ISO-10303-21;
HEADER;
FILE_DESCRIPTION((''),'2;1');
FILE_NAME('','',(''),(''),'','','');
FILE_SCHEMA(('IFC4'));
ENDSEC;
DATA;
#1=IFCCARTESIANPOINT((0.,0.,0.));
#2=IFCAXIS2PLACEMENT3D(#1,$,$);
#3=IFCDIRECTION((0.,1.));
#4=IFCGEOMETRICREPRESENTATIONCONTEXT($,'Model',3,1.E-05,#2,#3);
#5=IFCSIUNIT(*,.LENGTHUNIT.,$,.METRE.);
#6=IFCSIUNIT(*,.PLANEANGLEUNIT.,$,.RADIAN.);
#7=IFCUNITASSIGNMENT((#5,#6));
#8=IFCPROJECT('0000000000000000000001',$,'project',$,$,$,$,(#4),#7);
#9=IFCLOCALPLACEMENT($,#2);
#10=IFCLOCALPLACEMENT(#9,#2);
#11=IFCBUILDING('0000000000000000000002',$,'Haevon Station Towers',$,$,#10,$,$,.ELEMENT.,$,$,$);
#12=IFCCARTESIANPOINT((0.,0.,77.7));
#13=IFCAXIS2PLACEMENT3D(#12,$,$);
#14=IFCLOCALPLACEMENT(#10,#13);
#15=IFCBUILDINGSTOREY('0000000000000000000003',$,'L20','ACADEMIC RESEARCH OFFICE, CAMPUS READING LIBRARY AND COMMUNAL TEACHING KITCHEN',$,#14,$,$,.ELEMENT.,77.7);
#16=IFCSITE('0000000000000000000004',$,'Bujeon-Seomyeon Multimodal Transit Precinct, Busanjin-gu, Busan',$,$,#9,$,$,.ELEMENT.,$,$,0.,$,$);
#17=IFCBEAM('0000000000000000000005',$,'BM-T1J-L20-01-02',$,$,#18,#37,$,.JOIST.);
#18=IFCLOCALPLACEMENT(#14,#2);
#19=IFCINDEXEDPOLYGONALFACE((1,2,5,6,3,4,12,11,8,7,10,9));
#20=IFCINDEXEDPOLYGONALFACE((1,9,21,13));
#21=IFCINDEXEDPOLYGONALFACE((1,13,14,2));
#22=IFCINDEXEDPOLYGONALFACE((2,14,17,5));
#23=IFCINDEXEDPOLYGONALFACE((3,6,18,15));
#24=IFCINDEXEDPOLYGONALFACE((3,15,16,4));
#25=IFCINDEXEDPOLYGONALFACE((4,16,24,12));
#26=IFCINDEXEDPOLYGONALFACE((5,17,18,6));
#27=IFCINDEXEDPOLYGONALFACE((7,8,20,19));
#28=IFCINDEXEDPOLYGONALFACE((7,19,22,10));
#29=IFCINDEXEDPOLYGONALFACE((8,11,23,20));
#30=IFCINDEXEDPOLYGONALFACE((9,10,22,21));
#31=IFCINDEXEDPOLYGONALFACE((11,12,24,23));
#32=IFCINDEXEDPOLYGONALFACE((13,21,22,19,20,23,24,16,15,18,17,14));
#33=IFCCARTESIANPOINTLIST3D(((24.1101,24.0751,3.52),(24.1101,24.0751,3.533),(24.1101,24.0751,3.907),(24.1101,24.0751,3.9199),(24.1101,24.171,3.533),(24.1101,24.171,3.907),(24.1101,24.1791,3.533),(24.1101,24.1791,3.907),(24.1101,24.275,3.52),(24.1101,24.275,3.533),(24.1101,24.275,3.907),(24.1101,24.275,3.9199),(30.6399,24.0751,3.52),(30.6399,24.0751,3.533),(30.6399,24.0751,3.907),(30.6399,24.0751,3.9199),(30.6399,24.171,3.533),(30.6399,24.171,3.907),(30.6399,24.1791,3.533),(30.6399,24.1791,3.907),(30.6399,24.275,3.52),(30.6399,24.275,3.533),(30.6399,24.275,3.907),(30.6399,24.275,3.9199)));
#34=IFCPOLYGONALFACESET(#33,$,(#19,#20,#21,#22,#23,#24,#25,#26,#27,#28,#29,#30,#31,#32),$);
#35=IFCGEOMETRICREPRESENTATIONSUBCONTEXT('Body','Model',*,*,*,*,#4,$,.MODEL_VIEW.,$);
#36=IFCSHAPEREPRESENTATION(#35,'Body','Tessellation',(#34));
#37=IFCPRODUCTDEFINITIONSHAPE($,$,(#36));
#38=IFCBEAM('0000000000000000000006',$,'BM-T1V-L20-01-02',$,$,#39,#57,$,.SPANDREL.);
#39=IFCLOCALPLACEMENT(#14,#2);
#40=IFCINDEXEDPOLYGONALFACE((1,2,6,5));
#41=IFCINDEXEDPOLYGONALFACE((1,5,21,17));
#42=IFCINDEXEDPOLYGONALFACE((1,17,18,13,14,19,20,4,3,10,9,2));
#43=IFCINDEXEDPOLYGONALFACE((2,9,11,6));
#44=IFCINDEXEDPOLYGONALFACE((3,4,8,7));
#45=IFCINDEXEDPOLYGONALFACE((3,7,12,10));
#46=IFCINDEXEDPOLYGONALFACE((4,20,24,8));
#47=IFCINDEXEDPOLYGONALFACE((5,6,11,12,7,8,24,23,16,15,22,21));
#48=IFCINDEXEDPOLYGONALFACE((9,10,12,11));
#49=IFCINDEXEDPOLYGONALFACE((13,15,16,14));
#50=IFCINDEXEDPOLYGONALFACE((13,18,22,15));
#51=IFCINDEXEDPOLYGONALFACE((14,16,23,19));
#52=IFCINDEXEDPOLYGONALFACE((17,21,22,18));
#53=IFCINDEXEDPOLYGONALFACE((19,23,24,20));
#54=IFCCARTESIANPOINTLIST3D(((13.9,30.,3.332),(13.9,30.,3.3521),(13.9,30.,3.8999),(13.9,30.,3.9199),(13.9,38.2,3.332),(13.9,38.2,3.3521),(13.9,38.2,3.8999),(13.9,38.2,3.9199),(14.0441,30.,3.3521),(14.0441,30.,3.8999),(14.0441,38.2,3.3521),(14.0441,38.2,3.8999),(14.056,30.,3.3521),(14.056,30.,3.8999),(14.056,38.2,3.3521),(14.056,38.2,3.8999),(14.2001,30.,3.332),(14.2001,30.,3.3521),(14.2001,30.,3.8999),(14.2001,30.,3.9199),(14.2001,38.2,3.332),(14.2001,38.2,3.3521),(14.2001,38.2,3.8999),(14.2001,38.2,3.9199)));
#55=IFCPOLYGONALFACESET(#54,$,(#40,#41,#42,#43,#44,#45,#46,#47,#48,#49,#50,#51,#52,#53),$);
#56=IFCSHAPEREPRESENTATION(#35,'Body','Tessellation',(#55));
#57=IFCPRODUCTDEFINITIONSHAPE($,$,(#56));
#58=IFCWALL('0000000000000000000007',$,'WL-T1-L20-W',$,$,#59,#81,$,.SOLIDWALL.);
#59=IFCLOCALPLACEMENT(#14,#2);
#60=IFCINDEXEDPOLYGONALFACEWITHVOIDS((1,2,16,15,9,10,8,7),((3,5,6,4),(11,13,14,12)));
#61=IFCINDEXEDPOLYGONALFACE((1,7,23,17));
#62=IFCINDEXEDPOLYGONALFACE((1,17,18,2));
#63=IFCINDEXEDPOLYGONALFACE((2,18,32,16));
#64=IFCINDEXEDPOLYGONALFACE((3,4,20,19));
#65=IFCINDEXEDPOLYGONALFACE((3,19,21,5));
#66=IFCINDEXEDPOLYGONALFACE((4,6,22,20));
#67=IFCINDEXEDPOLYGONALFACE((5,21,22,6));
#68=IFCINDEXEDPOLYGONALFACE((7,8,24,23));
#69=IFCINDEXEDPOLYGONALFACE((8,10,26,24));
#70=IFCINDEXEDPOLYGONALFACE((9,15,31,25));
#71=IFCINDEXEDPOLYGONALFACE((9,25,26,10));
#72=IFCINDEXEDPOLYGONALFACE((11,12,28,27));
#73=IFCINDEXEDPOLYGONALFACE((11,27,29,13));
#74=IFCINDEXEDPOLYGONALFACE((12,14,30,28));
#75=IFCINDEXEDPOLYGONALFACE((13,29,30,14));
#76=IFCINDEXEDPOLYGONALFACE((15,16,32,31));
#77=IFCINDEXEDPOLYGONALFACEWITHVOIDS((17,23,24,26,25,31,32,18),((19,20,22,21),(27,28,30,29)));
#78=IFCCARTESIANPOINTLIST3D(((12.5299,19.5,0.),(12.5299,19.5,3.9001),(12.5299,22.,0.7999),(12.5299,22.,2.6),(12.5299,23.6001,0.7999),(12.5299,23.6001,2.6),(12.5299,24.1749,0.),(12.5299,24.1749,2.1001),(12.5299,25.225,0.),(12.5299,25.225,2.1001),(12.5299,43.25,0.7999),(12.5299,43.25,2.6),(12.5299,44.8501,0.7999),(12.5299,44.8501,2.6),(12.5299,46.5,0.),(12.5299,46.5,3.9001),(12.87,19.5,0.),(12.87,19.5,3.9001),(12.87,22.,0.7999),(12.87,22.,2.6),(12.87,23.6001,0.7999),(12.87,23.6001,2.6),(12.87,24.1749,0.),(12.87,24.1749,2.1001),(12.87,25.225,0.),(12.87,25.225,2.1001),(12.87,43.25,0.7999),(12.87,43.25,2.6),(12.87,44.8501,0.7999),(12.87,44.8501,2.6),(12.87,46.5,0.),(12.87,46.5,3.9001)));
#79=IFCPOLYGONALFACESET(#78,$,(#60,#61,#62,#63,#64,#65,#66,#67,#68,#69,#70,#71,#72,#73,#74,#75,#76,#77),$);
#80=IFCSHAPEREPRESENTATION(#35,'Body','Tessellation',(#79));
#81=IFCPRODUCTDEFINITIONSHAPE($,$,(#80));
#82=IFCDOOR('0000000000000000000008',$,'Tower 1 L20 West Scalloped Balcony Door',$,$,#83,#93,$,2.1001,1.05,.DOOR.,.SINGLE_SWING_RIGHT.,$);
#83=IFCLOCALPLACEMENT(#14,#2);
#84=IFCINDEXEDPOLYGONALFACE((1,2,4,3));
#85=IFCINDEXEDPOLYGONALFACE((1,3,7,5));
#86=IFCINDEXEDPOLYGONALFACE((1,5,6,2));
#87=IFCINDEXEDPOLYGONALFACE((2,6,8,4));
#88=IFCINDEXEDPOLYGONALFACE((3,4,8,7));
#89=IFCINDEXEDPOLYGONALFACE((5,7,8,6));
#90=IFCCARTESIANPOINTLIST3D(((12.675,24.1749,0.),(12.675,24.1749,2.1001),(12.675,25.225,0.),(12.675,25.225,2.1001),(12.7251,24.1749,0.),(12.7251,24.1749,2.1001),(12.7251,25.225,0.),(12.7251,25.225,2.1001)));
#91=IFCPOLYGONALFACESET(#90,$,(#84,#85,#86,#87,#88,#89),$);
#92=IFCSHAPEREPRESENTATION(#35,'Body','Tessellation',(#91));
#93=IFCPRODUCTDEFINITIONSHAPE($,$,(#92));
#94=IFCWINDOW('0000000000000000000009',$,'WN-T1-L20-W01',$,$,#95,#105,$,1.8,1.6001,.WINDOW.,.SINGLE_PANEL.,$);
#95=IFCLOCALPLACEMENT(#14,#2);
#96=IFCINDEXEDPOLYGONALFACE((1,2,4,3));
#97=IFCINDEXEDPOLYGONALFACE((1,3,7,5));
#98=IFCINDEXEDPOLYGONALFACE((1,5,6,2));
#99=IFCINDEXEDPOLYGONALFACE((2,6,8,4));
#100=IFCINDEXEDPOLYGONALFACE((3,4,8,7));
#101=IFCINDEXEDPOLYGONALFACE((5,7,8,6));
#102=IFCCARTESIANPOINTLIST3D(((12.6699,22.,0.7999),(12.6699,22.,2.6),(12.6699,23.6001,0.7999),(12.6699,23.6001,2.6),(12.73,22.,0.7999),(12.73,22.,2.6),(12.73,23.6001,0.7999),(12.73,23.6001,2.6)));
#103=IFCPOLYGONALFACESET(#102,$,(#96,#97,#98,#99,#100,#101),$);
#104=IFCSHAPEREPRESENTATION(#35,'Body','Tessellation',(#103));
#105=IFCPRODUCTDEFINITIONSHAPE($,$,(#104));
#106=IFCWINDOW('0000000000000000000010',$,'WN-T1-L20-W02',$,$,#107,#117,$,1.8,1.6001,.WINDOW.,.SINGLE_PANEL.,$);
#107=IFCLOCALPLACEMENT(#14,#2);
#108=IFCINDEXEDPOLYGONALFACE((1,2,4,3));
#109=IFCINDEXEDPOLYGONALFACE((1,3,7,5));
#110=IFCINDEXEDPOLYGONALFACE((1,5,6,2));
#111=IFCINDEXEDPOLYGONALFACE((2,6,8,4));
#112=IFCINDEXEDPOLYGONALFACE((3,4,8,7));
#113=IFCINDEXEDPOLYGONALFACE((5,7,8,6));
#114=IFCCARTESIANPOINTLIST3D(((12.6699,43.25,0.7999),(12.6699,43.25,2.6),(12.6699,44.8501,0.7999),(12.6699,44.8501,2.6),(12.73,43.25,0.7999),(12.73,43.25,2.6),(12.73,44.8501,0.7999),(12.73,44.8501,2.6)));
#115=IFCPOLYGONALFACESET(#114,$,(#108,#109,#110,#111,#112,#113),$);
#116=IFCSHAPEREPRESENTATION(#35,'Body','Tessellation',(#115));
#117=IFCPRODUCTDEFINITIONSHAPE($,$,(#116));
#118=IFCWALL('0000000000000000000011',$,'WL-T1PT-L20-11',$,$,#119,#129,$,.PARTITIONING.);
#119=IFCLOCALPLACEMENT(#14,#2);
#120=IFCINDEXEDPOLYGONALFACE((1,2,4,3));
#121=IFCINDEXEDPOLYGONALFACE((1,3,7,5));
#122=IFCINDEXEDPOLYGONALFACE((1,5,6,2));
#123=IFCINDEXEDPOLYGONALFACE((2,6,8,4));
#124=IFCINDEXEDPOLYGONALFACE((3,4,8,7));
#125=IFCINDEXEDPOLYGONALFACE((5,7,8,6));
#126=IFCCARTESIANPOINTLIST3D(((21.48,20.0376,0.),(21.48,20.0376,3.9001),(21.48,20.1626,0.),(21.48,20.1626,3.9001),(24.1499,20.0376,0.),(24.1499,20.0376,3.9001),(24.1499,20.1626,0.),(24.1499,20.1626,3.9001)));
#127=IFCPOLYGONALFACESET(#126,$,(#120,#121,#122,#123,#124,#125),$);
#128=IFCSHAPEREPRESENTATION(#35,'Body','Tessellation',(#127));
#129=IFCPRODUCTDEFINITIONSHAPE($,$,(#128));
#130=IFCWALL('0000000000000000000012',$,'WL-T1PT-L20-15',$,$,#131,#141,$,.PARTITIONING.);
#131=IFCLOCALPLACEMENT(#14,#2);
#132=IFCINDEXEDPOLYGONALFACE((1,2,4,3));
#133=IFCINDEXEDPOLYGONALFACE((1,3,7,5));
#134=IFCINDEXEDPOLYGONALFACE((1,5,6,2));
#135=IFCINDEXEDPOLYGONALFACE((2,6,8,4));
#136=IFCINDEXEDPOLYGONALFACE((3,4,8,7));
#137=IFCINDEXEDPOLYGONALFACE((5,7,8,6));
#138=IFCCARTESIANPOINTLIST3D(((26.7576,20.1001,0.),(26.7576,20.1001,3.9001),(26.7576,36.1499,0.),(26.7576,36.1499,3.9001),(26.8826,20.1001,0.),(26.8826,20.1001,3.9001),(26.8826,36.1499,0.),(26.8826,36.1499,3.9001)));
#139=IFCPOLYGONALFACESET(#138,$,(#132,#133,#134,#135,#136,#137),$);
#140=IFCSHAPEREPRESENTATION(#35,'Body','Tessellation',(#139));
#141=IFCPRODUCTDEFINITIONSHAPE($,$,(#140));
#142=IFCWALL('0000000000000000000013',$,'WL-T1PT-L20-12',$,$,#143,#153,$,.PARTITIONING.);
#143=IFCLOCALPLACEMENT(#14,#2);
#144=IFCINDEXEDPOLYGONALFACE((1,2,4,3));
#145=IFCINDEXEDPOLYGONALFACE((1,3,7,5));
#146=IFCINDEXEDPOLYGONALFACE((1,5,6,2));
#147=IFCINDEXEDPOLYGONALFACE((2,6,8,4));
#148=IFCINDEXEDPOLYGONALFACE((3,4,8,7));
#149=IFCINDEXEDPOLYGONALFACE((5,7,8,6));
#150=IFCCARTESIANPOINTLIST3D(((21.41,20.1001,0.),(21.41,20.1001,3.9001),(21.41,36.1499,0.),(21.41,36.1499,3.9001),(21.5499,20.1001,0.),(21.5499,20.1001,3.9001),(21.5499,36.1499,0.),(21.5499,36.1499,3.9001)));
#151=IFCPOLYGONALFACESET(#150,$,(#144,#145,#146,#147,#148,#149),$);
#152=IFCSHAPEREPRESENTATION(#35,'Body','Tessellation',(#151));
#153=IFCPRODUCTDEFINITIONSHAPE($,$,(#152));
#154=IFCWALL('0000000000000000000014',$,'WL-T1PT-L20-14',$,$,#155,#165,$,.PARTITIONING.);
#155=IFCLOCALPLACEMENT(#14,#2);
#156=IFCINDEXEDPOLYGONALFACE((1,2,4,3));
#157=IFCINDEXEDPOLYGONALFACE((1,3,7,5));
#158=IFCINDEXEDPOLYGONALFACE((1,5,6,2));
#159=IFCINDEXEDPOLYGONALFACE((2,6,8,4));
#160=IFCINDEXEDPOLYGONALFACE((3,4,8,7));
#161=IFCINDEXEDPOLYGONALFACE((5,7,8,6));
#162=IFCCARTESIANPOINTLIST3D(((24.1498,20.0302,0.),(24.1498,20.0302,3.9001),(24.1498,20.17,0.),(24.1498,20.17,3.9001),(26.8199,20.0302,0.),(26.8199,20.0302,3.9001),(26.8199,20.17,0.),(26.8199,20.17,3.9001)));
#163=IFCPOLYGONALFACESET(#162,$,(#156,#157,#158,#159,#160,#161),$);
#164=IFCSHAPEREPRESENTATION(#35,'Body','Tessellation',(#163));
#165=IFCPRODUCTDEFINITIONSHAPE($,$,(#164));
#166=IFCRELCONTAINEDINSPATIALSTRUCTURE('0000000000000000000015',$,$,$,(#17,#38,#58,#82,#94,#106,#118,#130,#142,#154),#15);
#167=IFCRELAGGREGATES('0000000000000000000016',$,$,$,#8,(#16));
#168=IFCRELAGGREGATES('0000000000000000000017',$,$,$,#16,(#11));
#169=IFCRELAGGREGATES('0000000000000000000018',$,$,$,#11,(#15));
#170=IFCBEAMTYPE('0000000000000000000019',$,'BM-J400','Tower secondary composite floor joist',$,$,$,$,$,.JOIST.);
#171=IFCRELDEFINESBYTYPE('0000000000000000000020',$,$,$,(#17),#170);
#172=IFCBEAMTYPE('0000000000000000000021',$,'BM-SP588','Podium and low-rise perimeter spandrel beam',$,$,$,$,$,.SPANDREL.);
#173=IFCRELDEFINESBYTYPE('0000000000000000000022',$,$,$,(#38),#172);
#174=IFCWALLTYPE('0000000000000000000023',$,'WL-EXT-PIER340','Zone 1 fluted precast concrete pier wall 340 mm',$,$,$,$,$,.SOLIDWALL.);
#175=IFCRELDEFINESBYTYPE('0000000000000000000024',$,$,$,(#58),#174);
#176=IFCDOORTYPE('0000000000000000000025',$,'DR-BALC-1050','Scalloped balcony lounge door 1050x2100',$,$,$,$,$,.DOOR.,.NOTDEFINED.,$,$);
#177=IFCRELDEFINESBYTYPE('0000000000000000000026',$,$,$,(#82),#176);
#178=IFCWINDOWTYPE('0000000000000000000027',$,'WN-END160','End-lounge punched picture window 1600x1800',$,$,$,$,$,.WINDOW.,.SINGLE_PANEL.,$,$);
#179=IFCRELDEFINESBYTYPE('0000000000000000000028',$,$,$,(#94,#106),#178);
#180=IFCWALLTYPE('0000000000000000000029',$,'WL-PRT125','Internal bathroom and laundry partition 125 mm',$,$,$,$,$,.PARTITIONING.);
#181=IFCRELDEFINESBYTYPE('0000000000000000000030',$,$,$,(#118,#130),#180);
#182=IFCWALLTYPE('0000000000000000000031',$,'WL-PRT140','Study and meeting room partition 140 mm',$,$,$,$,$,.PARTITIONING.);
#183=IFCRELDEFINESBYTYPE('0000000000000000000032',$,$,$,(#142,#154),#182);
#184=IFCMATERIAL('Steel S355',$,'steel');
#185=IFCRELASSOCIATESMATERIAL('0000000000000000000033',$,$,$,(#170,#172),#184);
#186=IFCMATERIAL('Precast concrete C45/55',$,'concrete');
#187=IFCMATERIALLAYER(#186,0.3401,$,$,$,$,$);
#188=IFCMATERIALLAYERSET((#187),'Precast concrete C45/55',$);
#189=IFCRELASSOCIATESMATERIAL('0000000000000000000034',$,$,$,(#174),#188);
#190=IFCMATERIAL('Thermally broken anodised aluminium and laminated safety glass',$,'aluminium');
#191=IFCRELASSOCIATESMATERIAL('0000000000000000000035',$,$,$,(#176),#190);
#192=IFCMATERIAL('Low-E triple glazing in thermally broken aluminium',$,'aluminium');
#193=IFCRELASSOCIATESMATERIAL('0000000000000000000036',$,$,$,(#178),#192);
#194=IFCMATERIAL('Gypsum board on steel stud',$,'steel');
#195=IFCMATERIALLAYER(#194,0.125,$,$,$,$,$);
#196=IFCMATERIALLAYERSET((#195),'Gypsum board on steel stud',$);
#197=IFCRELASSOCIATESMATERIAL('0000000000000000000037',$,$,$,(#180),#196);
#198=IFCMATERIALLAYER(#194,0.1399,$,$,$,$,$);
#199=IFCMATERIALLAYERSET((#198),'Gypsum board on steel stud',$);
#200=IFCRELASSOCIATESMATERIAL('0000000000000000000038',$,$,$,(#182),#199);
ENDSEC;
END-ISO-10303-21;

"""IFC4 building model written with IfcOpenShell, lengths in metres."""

from ifc_helpers import new_model, si_unit, direction, frame, frame_2d, origin, origin_2d, place, context, subcontext, project, spatial, rectangle, i_section, extrude, material, layer, layer_set, material_profile, profile_set, type_object, element, fill, save


model = new_model("IFC4")

# Units and contexts
model_context = context("Model", 3, precision=1e-05, world=origin(), true_north=direction((0.0, 1.0)))
body_context = subcontext(model_context, "Body", "Model", "MODEL_VIEW")
ifc_project = project(units=[si_unit("LENGTHUNIT", "METRE"), si_unit("PLANEANGLEUNIT", "RADIAN")], contexts=[model_context])

# Site, building, storey
site_placement = place(None, origin())
site = spatial("IfcSite", under=ifc_project, at=site_placement, Name="Bujeon-Seomyeon Multimodal Transit Precinct, Busanjin-gu, Busan", CompositionType="ELEMENT", RefElevation=0.0)
building_placement = place(site_placement, origin())
building = spatial("IfcBuilding", under=site, at=building_placement, Name="Haevon Station Towers", CompositionType="ELEMENT")
storey_placement = place(building_placement, frame((0.0, 0.0, 77.7)))
storey = spatial("IfcBuildingStorey", under=building, at=storey_placement, Name="L20", Description="ACADEMIC RESEARCH OFFICE, CAMPUS READING LIBRARY AND COMMUNAL TEACHING KITCHEN", CompositionType="ELEMENT", Elevation=77.7)

# Beams
ifc_material_1 = material(Name="Steel S355", Category="steel")
ifc_material_profile_1 = material_profile(ifc_material_1, i_section(OverallWidth=0.2, OverallDepth=0.3999, WebThickness=0.0081, FlangeThickness=0.0129, at=origin_2d()), Name="H-400x200x8x13")
ifc_profile_set_1 = profile_set([ifc_material_profile_1], Name="Steel S355")
beam_type_1 = type_object("IfcBeamType", Name="BM-J400", Description="Tower secondary composite floor joist", PredefinedType="JOIST", material=ifc_profile_set_1)
beam_1_placement = place(storey_placement, frame((24.1101, 24.175, 3.72), z_axis=(1.0, 0.0, 0.0), x_axis=(0.0, 1.0, 0.0)))
element("IfcBeam", 1, at=beam_1_placement, inside=storey, type_object=beam_type_1, Name="BM-T1J-L20-01-02", PredefinedType="JOIST", context=body_context, shape_type="SweptSolid", body=[
    extrude(i_section(OverallWidth=0.2, OverallDepth=0.3999, WebThickness=0.0081, FlangeThickness=0.0129, at=origin_2d()), origin(), (0.0, 0.0, 1.0), 6.5298),
])
ifc_material_profile_2 = material_profile(ifc_material_1, i_section(OverallWidth=0.3, OverallDepth=0.5879, WebThickness=0.012, FlangeThickness=0.02, at=origin_2d()), Name="H-588x300x12x20")
ifc_profile_set_2 = profile_set([ifc_material_profile_2], Name="Steel S355")
beam_type_2 = type_object("IfcBeamType", Name="BM-SP588", Description="Podium and low-rise perimeter spandrel beam", PredefinedType="SPANDREL", material=ifc_profile_set_2)
beam_2_placement = place(storey_placement, frame((14.05, 30.0, 3.626), z_axis=(0.0, 1.0, 0.0), x_axis=(-1.0, 0.0, 0.0)))
element("IfcBeam", 2, at=beam_2_placement, inside=storey, type_object=beam_type_2, Name="BM-T1V-L20-01-02", PredefinedType="SPANDREL", context=body_context, shape_type="SweptSolid", body=[
    extrude(i_section(OverallWidth=0.3, OverallDepth=0.5879, WebThickness=0.012, FlangeThickness=0.02, at=origin_2d()), origin(), (0.0, 0.0, 1.0), 8.2),
])

# Wall, openings, door, windows
ifc_material_2 = material(Name="Precast concrete C45/55", Category="concrete")
ifc_layer_1 = layer(ifc_material_2, 0.3401)
ifc_layer_set_1 = layer_set([ifc_layer_1], Name="Precast concrete C45/55")
wall_type_1 = type_object("IfcWallType", Name="WL-EXT-PIER340", Description="Zone 1 fluted precast concrete pier wall 340 mm", PredefinedType="SOLIDWALL", material=ifc_layer_set_1)
wall_1_placement = place(storey_placement, frame((12.7, 19.5, 0.0), z_axis=(0.0, 0.0, 1.0), x_axis=(0.0, 1.0, 0.0)))
wall_1 = element("IfcWall", 3, at=wall_1_placement, inside=storey, type_object=wall_type_1, Name="WL-T1-L20-W", PredefinedType="SOLIDWALL", context=body_context, shape_type="SweptSolid", body=[
    extrude(rectangle(XDim=27.0, YDim=0.3401, at=frame_2d((13.5, 0.0))), origin(), (0.0, 0.0, 1.0), 3.9001),
])
opening_1_placement = place(wall_1_placement, frame((4.675, 0.0, 0.0)))
opening_1 = element("IfcOpeningElement", 4, at=opening_1_placement, cuts=wall_1, PredefinedType="OPENING", context=body_context, shape_type="SweptSolid", body=[
    extrude(rectangle(XDim=1.05, YDim=2.1001, at=frame_2d((0.5249, 1.05))), frame((0.0, 0.1799, 0.0), z_axis=(0.0, -1.0, 0.0), x_axis=(1.0, 0.0, 0.0)), (0.0, 0.0, 1.0), 0.3601),
])
opening_2_placement = place(wall_1_placement, frame((2.5, 0.0, 0.8)))
opening_2 = element("IfcOpeningElement", 5, at=opening_2_placement, cuts=wall_1, PredefinedType="OPENING", context=body_context, shape_type="SweptSolid", body=[
    extrude(rectangle(XDim=1.6001, YDim=1.8, at=frame_2d((0.8, 0.8999))), frame((0.0, 0.1799, 0.0), z_axis=(0.0, -1.0, 0.0), x_axis=(1.0, 0.0, 0.0)), (0.0, 0.0, 1.0), 0.3601),
])
opening_3_placement = place(wall_1_placement, frame((23.75, 0.0, 0.8)))
opening_3 = element("IfcOpeningElement", 6, at=opening_3_placement, cuts=wall_1, PredefinedType="OPENING", context=body_context, shape_type="SweptSolid", body=[
    extrude(rectangle(XDim=1.6001, YDim=1.8, at=frame_2d((0.8, 0.8999))), frame((0.0, 0.1799, 0.0), z_axis=(0.0, -1.0, 0.0), x_axis=(1.0, 0.0, 0.0)), (0.0, 0.0, 1.0), 0.3601),
])
ifc_material_3 = material(Name="Thermally broken anodised aluminium and laminated safety glass", Category="aluminium")
door_type = type_object("IfcDoorType", Name="DR-BALC-1050", Description="Scalloped balcony lounge door 1050x2100", OperationType="NOTDEFINED", PredefinedType="DOOR", material=ifc_material_3)
door_placement = place(opening_1_placement, origin())
door = element("IfcDoor", 7, at=door_placement, inside=storey, type_object=door_type, Name="Tower 1 L20 West Scalloped Balcony Door", OperationType="SINGLE_SWING_RIGHT", OverallHeight=2.1001, OverallWidth=1.05, PredefinedType="DOOR", context=body_context, shape_type="SweptSolid", body=[
    extrude(rectangle(XDim=1.05, YDim=2.1001, at=frame_2d((0.5249, 1.05))), frame((0.0, 0.0249, 0.0), z_axis=(0.0, -1.0, 0.0), x_axis=(1.0, 0.0, 0.0)), (0.0, 0.0, 1.0), 0.05),
])
fill(opening_1, door)
ifc_material_4 = material(Name="Low-E triple glazing in thermally broken aluminium", Category="aluminium")
window_type = type_object("IfcWindowType", Name="WN-END160", Description="End-lounge punched picture window 1600x1800", PartitioningType="SINGLE_PANEL", PredefinedType="WINDOW", material=ifc_material_4)
window_1_placement = place(opening_2_placement, origin())
window_1 = element("IfcWindow", 8, at=window_1_placement, inside=storey, type_object=window_type, Name="WN-T1-L20-W01", OverallHeight=1.8, OverallWidth=1.6001, PartitioningType="SINGLE_PANEL", PredefinedType="WINDOW", context=body_context, shape_type="SweptSolid", body=[
    extrude(rectangle(XDim=1.6001, YDim=1.8, at=frame_2d((0.8, 0.8999))), frame((0.0, 0.03, 0.0), z_axis=(0.0, -1.0, 0.0), x_axis=(1.0, 0.0, 0.0)), (0.0, 0.0, 1.0), 0.0601),
])
fill(opening_2, window_1)
window_2_placement = place(opening_3_placement, origin())
window_2 = element("IfcWindow", 9, at=window_2_placement, inside=storey, type_object=window_type, Name="WN-T1-L20-W02", OverallHeight=1.8, OverallWidth=1.6001, PartitioningType="SINGLE_PANEL", PredefinedType="WINDOW", context=body_context, shape_type="SweptSolid", body=[
    extrude(rectangle(XDim=1.6001, YDim=1.8, at=frame_2d((0.8, 0.8999))), frame((0.0, 0.03, 0.0), z_axis=(0.0, -1.0, 0.0), x_axis=(1.0, 0.0, 0.0)), (0.0, 0.0, 1.0), 0.0601),
])
fill(opening_3, window_2)

# Walls
ifc_material_5 = material(Name="Gypsum board on steel stud", Category="steel")
ifc_layer_2 = layer(ifc_material_5, 0.125)
ifc_layer_set_2 = layer_set([ifc_layer_2], Name="Gypsum board on steel stud")
wall_type_2 = type_object("IfcWallType", Name="WL-PRT125", Description="Internal bathroom and laundry partition 125 mm", PredefinedType="PARTITIONING", material=ifc_layer_set_2)
wall_2_placement = place(storey_placement, frame((21.48, 20.1001, 0.0), z_axis=(0.0, 0.0, 1.0), x_axis=(1.0, 0.0, 0.0)))
element("IfcWall", 10, at=wall_2_placement, inside=storey, type_object=wall_type_2, Name="WL-T1PT-L20-11", PredefinedType="PARTITIONING", context=body_context, shape_type="SweptSolid", body=[
    extrude(rectangle(XDim=2.6699, YDim=0.125, at=frame_2d((1.335, 0.0))), origin(), (0.0, 0.0, 1.0), 3.9001),
])
wall_3_placement = place(storey_placement, frame((26.8201, 20.1001, 0.0), z_axis=(0.0, 0.0, 1.0), x_axis=(0.0, 1.0, 0.0)))
element("IfcWall", 11, at=wall_3_placement, inside=storey, type_object=wall_type_2, Name="WL-T1PT-L20-15", PredefinedType="PARTITIONING", context=body_context, shape_type="SweptSolid", body=[
    extrude(rectangle(XDim=16.0498, YDim=0.125, at=frame_2d((8.0249, 0.0))), origin(), (0.0, 0.0, 1.0), 3.9001),
])
ifc_layer_3 = layer(ifc_material_5, 0.1399)
ifc_layer_set_3 = layer_set([ifc_layer_3], Name="Gypsum board on steel stud")
wall_type_3 = type_object("IfcWallType", Name="WL-PRT140", Description="Study and meeting room partition 140 mm", PredefinedType="PARTITIONING", material=ifc_layer_set_3)
wall_4_placement = place(storey_placement, frame((21.48, 20.1001, 0.0), z_axis=(0.0, 0.0, 1.0), x_axis=(0.0, 1.0, 0.0)))
element("IfcWall", 12, at=wall_4_placement, inside=storey, type_object=wall_type_3, Name="WL-T1PT-L20-12", PredefinedType="PARTITIONING", context=body_context, shape_type="SweptSolid", body=[
    extrude(rectangle(XDim=16.0498, YDim=0.1399, at=frame_2d((8.0249, 0.0))), origin(), (0.0, 0.0, 1.0), 3.9001),
])
wall_5_placement = place(storey_placement, frame((24.1499, 20.1001, 0.0), z_axis=(0.0, 0.0, 1.0), x_axis=(1.0, 0.0, 0.0)))
element("IfcWall", 13, at=wall_5_placement, inside=storey, type_object=wall_type_3, Name="WL-T1PT-L20-14", PredefinedType="PARTITIONING", context=body_context, shape_type="SweptSolid", body=[
    extrude(rectangle(XDim=2.6702, YDim=0.1399, at=frame_2d((1.335, 0.0))), origin(), (0.0, 0.0, 1.0), 3.9001),
])

save(model, "model.ifc")
